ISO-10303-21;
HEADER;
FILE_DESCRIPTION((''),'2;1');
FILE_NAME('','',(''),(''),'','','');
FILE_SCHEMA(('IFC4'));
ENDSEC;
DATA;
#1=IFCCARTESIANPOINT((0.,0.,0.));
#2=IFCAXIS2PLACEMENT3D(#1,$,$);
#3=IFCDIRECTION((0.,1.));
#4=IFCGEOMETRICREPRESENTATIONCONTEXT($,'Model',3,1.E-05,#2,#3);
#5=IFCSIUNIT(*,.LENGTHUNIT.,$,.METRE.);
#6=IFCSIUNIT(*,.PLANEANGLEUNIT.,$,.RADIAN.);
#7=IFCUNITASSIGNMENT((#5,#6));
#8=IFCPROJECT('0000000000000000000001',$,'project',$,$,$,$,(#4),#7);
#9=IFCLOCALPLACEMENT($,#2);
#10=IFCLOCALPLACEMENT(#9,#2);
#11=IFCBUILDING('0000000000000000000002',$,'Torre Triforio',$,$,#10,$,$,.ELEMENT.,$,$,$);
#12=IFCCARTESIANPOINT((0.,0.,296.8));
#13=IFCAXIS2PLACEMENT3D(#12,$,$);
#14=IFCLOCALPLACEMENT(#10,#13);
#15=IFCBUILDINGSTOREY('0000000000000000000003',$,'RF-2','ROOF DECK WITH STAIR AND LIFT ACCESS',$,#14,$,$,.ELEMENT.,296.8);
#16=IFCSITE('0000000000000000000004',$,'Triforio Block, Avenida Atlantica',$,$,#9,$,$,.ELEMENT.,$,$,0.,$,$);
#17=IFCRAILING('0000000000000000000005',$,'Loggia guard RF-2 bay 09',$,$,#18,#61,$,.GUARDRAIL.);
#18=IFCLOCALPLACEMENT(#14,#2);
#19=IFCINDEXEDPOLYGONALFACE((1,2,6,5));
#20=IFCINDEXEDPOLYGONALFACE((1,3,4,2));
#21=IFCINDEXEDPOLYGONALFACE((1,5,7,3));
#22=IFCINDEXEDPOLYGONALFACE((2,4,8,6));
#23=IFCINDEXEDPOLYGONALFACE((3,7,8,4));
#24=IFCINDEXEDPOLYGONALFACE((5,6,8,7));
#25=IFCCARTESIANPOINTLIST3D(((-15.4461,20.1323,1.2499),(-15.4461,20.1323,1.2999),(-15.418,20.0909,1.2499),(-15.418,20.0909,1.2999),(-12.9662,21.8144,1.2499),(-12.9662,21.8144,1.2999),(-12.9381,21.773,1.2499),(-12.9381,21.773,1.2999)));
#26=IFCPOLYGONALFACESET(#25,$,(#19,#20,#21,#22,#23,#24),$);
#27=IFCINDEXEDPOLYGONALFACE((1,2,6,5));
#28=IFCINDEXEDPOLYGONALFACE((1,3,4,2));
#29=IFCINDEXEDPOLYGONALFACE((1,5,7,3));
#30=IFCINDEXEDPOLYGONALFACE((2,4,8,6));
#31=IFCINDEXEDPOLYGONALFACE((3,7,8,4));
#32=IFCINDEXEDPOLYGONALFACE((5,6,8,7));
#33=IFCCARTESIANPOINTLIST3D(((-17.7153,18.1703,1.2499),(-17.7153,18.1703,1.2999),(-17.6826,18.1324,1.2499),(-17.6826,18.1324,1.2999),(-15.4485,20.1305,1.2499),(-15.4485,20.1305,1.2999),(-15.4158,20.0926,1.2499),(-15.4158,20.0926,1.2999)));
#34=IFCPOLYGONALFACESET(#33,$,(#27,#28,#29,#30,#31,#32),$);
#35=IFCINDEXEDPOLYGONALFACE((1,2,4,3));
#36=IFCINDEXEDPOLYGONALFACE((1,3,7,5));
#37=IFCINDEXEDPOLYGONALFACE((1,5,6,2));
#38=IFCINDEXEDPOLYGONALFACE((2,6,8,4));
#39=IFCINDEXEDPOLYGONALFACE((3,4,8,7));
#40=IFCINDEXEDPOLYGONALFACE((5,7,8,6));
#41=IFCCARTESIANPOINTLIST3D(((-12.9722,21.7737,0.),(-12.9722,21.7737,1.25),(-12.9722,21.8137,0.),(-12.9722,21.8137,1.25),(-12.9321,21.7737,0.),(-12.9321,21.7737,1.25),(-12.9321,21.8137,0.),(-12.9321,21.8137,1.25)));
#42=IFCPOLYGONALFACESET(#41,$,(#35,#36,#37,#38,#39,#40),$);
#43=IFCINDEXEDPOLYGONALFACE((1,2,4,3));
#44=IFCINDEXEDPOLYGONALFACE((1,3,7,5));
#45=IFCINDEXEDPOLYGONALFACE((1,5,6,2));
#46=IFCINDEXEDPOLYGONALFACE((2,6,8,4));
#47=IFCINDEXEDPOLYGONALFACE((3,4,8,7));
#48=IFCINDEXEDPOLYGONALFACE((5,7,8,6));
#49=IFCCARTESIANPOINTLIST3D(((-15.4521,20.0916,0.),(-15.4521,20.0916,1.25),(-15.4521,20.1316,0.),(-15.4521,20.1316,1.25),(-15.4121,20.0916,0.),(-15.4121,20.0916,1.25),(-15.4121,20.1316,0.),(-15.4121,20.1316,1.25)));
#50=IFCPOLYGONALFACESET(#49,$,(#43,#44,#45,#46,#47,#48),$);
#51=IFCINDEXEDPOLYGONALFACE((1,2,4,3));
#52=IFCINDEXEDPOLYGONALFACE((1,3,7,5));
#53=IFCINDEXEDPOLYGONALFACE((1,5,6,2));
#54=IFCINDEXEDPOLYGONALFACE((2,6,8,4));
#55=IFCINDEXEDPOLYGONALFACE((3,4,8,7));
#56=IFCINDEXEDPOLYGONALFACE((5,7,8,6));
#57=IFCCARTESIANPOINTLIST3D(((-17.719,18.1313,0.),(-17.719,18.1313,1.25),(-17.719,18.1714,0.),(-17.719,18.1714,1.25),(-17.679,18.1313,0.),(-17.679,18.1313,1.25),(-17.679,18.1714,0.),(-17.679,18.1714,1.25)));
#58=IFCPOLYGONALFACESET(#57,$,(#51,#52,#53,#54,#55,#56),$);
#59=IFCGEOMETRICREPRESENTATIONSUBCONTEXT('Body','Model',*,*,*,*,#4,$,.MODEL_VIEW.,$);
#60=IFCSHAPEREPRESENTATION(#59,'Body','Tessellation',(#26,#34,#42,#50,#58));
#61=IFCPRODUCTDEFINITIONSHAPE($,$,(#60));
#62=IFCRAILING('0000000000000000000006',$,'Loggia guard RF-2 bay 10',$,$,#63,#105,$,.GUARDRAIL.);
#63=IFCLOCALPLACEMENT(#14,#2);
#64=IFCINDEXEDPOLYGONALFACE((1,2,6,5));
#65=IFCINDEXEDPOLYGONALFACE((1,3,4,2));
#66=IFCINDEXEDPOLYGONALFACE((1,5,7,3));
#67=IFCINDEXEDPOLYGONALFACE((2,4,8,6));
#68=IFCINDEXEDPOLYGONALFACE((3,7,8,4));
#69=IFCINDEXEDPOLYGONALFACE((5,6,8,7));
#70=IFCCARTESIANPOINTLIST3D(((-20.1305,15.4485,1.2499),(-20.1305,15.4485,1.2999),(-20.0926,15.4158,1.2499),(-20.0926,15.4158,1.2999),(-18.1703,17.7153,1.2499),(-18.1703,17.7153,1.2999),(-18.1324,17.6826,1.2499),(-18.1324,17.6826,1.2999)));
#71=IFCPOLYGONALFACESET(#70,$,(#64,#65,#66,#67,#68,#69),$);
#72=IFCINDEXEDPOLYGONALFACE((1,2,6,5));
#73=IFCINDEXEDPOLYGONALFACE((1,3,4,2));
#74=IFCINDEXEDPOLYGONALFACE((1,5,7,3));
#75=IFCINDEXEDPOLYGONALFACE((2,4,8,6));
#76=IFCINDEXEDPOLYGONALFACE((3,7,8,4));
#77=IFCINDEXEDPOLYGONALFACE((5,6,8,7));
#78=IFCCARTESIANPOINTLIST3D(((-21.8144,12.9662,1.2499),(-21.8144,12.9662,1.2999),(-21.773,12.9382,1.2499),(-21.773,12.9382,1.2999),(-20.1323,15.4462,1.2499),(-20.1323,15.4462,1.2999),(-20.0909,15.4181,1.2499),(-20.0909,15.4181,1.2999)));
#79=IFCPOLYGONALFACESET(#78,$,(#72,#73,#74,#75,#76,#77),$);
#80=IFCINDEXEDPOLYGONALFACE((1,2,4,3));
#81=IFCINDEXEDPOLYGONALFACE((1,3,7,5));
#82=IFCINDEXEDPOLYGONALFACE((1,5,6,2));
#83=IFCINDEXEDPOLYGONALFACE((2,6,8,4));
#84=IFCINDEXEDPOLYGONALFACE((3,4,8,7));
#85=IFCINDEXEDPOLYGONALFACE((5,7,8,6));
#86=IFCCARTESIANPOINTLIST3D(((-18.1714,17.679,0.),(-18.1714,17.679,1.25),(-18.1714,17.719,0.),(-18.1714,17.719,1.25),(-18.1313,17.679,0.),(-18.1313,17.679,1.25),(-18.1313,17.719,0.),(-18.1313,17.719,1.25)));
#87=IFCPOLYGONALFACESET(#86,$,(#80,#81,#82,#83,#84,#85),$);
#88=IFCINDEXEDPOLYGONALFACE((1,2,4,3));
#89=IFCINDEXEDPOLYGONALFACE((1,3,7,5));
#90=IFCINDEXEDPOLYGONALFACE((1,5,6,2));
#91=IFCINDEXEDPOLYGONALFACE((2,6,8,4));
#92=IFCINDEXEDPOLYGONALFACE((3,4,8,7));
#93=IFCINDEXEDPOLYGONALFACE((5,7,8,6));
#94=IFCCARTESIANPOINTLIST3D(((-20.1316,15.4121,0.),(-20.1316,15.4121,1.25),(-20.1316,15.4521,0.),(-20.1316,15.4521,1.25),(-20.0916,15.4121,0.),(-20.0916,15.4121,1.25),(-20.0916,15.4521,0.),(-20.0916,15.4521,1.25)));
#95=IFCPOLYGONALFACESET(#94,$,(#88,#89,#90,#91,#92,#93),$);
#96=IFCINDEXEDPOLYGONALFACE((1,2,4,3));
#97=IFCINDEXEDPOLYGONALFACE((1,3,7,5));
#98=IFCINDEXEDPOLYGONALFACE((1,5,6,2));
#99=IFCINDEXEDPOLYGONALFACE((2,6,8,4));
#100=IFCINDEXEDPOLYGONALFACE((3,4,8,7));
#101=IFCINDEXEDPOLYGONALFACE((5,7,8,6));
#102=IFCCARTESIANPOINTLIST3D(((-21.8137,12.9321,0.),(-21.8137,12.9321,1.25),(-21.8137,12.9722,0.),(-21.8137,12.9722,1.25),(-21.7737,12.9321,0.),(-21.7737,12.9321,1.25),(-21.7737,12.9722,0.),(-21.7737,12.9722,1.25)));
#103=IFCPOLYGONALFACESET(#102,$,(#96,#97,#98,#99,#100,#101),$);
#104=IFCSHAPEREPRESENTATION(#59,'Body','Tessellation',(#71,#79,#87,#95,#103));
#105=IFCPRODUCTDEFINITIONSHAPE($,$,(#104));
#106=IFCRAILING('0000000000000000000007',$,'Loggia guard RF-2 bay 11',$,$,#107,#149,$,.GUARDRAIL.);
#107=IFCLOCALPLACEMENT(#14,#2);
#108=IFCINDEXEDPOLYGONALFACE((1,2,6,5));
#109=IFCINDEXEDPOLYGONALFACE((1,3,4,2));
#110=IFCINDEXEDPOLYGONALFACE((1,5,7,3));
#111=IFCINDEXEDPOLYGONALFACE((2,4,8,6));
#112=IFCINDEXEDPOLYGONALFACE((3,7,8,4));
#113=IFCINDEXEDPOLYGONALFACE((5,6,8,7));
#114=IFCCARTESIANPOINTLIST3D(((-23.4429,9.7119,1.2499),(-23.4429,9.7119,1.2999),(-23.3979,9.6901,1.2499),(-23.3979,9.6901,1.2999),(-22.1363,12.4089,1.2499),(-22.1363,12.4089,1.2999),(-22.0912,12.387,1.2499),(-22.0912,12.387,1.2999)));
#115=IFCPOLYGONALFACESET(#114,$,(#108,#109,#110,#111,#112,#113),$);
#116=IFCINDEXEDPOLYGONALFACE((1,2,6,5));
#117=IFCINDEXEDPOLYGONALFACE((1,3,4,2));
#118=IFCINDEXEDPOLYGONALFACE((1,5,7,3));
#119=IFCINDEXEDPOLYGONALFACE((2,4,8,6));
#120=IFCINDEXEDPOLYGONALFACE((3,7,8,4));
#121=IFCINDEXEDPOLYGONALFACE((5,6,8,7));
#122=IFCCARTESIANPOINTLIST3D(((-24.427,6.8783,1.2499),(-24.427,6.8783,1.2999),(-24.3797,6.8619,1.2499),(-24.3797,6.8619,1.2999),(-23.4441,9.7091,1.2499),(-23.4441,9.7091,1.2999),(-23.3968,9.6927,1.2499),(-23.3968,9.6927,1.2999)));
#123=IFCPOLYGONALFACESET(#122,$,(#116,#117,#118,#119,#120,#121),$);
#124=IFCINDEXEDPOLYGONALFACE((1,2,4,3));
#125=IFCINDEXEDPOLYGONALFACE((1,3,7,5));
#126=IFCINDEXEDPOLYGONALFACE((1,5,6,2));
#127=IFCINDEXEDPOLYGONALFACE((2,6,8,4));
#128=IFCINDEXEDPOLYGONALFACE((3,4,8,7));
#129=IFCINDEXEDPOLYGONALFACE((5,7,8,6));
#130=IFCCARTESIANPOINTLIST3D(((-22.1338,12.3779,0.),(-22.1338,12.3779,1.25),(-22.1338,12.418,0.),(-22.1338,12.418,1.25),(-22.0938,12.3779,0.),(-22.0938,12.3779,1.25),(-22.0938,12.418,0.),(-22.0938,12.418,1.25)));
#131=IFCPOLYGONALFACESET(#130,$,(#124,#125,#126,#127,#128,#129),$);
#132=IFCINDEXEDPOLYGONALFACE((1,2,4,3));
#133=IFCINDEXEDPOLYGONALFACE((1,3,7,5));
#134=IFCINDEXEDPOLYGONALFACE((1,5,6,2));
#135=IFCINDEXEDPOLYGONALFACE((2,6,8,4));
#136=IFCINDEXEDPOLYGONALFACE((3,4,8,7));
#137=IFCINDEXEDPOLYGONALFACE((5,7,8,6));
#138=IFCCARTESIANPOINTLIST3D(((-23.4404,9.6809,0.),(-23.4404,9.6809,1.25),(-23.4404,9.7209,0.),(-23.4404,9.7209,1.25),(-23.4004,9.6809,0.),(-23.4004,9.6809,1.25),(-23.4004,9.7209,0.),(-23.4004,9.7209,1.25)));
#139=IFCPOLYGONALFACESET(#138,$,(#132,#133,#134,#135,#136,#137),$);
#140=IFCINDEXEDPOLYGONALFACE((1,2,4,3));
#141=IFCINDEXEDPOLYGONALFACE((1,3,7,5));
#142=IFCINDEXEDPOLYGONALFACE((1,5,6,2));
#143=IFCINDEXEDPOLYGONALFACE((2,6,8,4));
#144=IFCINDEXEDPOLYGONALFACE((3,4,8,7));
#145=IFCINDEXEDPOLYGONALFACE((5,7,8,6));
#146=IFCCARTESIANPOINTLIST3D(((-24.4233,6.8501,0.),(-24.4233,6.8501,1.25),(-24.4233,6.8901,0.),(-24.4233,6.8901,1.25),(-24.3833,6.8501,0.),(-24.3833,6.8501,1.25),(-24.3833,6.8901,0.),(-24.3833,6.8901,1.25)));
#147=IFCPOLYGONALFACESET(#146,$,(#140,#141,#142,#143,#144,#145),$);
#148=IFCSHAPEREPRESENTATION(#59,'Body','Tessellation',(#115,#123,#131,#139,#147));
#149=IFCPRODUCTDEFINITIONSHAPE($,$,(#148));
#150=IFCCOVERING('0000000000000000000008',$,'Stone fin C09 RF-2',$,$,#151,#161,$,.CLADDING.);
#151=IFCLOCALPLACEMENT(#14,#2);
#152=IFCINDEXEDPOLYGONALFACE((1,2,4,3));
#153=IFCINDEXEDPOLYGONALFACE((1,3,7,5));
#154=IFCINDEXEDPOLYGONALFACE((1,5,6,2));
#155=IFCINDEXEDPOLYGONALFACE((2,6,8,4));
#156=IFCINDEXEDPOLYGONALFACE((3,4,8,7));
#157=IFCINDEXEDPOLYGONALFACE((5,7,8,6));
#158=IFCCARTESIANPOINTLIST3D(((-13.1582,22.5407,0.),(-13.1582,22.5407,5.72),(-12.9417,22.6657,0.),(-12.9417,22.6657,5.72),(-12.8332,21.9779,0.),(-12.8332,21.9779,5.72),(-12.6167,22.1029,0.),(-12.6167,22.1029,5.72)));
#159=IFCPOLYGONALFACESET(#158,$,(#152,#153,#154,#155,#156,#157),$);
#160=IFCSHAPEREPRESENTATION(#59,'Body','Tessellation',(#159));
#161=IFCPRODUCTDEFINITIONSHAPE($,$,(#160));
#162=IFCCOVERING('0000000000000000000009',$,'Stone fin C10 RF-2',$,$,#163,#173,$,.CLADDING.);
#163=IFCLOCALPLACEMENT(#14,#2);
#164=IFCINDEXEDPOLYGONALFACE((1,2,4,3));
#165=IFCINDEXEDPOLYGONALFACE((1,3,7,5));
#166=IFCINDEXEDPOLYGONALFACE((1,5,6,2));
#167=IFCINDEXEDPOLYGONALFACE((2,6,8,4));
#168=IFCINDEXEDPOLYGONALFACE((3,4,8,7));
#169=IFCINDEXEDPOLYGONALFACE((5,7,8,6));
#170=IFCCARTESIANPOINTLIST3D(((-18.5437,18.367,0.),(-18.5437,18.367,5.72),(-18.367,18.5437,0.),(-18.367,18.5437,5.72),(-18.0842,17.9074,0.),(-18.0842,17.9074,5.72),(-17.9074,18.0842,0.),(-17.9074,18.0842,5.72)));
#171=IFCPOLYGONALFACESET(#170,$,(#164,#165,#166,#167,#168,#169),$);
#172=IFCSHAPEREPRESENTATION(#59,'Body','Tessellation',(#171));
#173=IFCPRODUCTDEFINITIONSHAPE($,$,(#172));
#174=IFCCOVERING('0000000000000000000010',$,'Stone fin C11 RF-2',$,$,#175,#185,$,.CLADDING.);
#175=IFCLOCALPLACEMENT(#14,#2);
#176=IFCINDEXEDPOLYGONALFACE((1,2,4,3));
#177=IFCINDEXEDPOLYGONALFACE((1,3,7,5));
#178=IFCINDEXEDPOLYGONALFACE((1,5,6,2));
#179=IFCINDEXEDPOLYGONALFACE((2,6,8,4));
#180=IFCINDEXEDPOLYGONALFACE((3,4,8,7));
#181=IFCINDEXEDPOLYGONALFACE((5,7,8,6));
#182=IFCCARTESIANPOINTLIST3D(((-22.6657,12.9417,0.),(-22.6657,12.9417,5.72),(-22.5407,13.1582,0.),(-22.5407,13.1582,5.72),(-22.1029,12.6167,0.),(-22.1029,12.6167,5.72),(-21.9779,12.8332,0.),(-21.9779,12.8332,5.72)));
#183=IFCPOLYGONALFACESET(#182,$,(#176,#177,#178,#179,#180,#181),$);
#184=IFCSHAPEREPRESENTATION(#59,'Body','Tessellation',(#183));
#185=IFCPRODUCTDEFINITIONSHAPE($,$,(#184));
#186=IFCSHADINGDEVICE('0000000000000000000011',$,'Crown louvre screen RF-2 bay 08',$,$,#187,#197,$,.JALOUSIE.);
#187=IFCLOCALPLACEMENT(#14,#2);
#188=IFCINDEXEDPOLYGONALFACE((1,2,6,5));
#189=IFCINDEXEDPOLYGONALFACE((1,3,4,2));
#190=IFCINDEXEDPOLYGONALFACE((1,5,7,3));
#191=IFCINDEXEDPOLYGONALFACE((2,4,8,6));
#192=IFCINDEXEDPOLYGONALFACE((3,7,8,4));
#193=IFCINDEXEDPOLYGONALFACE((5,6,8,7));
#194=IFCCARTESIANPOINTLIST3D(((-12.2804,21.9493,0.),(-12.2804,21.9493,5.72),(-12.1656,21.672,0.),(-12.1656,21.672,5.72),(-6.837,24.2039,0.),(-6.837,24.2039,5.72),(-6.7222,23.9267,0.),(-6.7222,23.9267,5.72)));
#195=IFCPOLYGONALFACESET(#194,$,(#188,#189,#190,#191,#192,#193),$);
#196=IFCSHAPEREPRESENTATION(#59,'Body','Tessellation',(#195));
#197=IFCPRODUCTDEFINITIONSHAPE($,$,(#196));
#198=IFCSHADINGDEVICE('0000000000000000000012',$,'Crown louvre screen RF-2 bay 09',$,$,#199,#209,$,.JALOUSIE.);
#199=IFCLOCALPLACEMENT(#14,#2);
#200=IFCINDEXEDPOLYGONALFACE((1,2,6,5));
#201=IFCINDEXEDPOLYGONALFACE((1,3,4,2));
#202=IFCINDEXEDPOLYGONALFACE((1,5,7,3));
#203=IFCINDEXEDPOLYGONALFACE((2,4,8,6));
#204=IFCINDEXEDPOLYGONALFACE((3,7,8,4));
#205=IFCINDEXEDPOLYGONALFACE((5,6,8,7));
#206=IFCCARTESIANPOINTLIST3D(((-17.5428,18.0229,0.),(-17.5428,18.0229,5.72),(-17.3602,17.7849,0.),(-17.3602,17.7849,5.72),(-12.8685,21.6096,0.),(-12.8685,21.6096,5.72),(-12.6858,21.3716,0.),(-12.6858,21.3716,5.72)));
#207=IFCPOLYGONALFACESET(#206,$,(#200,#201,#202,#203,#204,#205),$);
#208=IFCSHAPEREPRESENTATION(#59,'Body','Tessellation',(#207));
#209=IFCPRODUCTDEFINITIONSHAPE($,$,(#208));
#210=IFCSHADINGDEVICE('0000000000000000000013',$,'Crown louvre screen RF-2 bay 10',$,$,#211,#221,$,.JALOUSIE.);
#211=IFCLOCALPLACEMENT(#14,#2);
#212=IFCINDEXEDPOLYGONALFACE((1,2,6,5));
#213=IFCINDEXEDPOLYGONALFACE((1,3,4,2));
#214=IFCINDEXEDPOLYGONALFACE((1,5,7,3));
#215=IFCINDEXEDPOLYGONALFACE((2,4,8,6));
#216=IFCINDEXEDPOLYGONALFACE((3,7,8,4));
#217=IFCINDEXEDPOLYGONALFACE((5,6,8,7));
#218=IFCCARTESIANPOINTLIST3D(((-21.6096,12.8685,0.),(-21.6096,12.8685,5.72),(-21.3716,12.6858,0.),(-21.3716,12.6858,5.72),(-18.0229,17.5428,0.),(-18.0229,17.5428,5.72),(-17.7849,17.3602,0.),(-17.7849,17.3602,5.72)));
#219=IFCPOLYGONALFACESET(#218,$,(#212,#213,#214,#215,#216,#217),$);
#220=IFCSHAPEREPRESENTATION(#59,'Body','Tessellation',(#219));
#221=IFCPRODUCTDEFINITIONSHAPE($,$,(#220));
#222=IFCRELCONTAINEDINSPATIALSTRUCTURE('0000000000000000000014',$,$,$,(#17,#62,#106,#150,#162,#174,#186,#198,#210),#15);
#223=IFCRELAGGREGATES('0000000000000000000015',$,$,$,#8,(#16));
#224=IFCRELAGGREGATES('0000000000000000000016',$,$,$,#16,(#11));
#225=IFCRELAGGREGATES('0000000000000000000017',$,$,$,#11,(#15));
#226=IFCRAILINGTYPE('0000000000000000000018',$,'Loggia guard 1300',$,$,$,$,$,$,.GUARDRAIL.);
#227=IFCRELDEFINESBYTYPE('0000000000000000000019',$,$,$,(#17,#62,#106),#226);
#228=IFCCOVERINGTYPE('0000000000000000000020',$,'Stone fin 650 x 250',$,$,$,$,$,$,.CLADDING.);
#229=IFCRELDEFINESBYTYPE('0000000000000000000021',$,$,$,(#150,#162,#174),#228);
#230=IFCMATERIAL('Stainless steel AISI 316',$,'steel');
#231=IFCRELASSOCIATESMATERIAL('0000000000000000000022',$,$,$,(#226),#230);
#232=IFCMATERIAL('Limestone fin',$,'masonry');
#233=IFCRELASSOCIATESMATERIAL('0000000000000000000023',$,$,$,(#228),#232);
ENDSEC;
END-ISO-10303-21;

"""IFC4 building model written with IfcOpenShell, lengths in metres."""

from ifc_helpers import new_model, si_unit, direction, frame, origin, origin_2d, place, context, subcontext, project, spatial, polyline, rectangle, outline, extrude, material, material_profile, profile_set, type_object, element, save


model = new_model("IFC4")

# Units and contexts
model_context = context("Model", 3, precision=1e-05, world=origin(), true_north=direction((0.0, 1.0)))
body_context = subcontext(model_context, "Body", "Model", "MODEL_VIEW")
ifc_project = project(units=[si_unit("LENGTHUNIT", "METRE"), si_unit("PLANEANGLEUNIT", "RADIAN")], contexts=[model_context])

# Site, building, storey
site_placement = place(None, origin())
site = spatial("IfcSite", under=ifc_project, at=site_placement, Name="Triforio Block, Avenida Atlantica", CompositionType="ELEMENT", RefElevation=0.0)
building_placement = place(site_placement, origin())
building = spatial("IfcBuilding", under=site, at=building_placement, Name="Torre Triforio", CompositionType="ELEMENT")
storey_placement = place(building_placement, frame((0.0, 0.0, 296.8)))
storey = spatial("IfcBuildingStorey", under=building, at=storey_placement, Name="RF-2", Description="ROOF DECK WITH STAIR AND LIFT ACCESS", CompositionType="ELEMENT", Elevation=296.8)

# Railings
ifc_material_1 = material(Name="Stainless steel AISI 316", Category="steel")
railing_type = type_object("IfcRailingType", Name="Loggia guard 1300", PredefinedType="GUARDRAIL", material=ifc_material_1)
railing_1_placement = place(storey_placement, frame((-12.9521, 21.7937, 0.0)))
element("IfcRailing", 1, at=railing_1_placement, inside=storey, type_object=railing_type, Name="Loggia guard RF-2 bay 09", PredefinedType="GUARDRAIL", context=body_context, shape_type="SweptSolid", body=[
    extrude(rectangle(XDim=0.05, YDim=0.05, at=origin_2d()), frame((0.0, 0.0, 1.2749), z_axis=(-0.827587, -0.561338, 0.0), x_axis=(0.561338, -0.827587, 0.0)), (0.0, 0.0, 1.0), 2.9966),
    extrude(rectangle(XDim=0.05, YDim=0.05, at=origin_2d()), frame((-2.48, -1.6821, 1.2749), z_axis=(-0.756414, -0.654093, 0.0), x_axis=(0.654093, -0.756414, 0.0)), (0.0, 0.0, 1.0), 2.9968),
    extrude(rectangle(XDim=0.04, YDim=0.04, at=origin_2d()), origin(), (0.0, 0.0, 1.0), 1.25),
    extrude(rectangle(XDim=0.04, YDim=0.04, at=origin_2d()), frame((-2.48, -1.6821, 0.0)), (0.0, 0.0, 1.0), 1.25),
    extrude(rectangle(XDim=0.04, YDim=0.04, at=origin_2d()), frame((-4.7468, -3.6423, 0.0)), (0.0, 0.0, 1.0), 1.25),
])
railing_2_placement = place(storey_placement, frame((-18.1514, 17.699, 0.0)))
element("IfcRailing", 2, at=railing_2_placement, inside=storey, type_object=railing_type, Name="Loggia guard RF-2 bay 10", PredefinedType="GUARDRAIL", context=body_context, shape_type="SweptSolid", body=[
    extrude(rectangle(XDim=0.05, YDim=0.05, at=origin_2d()), frame((0.0, 0.0, 1.2749), z_axis=(-0.654093, -0.756414, 0.0), x_axis=(0.756414, -0.654093, 0.0)), (0.0, 0.0, 1.0), 2.9968),
    extrude(rectangle(XDim=0.05, YDim=0.05, at=origin_2d()), frame((-1.9602, -2.2668, 1.2749), z_axis=(-0.561338, -0.827587, 0.0), x_axis=(0.827587, -0.561338, 0.0)), (0.0, 0.0, 1.0), 2.9966),
    extrude(rectangle(XDim=0.04, YDim=0.04, at=origin_2d()), origin(), (0.0, 0.0, 1.0), 1.25),
    extrude(rectangle(XDim=0.04, YDim=0.04, at=origin_2d()), frame((-1.9602, -2.2668, 0.0)), (0.0, 0.0, 1.0), 1.25),
    extrude(rectangle(XDim=0.04, YDim=0.04, at=origin_2d()), frame((-3.6423, -4.7468, 0.0)), (0.0, 0.0, 1.0), 1.25),
])
railing_3_placement = place(storey_placement, frame((-22.1138, 12.3979, 0.0)))
element("IfcRailing", 3, at=railing_3_placement, inside=storey, type_object=railing_type, Name="Loggia guard RF-2 bay 11", PredefinedType="GUARDRAIL", context=body_context, shape_type="SweptSolid", body=[
    extrude(rectangle(XDim=0.05, YDim=0.05, at=origin_2d()), frame((0.0, 0.0, 1.2749), z_axis=(-0.436002, -0.899946, 0.0), x_axis=(0.899946, -0.436002, 0.0)), (0.0, 0.0, 1.0), 2.9968),
    extrude(rectangle(XDim=0.05, YDim=0.05, at=origin_2d()), frame((-1.3066, -2.697, 1.2749), z_axis=(-0.328009, -0.944675, 0.0), x_axis=(0.944675, -0.328009, 0.0)), (0.0, 0.0, 1.0), 2.9966),
    extrude(rectangle(XDim=0.04, YDim=0.04, at=origin_2d()), origin(), (0.0, 0.0, 1.0), 1.25),
    extrude(rectangle(XDim=0.04, YDim=0.04, at=origin_2d()), frame((-1.3066, -2.697, 0.0)), (0.0, 0.0, 1.0), 1.25),
    extrude(rectangle(XDim=0.04, YDim=0.04, at=origin_2d()), frame((-2.2896, -5.5278, 0.0)), (0.0, 0.0, 1.0), 1.25),
])

# Coverings
ifc_material_2 = material(Name="Limestone fin", Category="masonry")
ifc_material_profile_1 = material_profile(ifc_material_2, rectangle(XDim=0.6499, YDim=0.25, at=origin_2d()), Name="FIN 650x250")
ifc_profile_set_1 = profile_set([ifc_material_profile_1], Name="Limestone fin")
covering_type = type_object("IfcCoveringType", Name="Stone fin 650 x 250", PredefinedType="CLADDING", material=ifc_profile_set_1)
for number, where, z_axis, x_axis, name in (
    (4, (-12.8875, 22.3218, 0.0), (0.0, 0.0, 1.0), (-0.5, 0.866025, 0.0), "Stone fin C09 RF-2"),
    (5, (-18.2256, 18.2256, 0.0), (0.0, 0.0, 1.0), (-0.707107, 0.707107, 0.0), "Stone fin C10 RF-2"),
    (6, (-22.3218, 12.8875, 0.0), (0.0, 0.0, 1.0), (-0.866025, 0.5, 0.0), "Stone fin C11 RF-2"),
):
    element("IfcCovering", number, at=place(storey_placement, frame(where, z_axis=z_axis, x_axis=x_axis)), inside=storey, type_object=covering_type, Name=name, PredefinedType="CLADDING", context=body_context, shape_type="SweptSolid", body=[
        extrude(rectangle(XDim=0.6499, YDim=0.25, at=origin_2d()), origin(), (0.0, 0.0, 1.0), 5.72),
    ])

# Shading devices
for number, where, z_axis, x_axis, name in (
    (7, (-6.7795, 24.0652, 0.0), (0.0, 0.0, 1.0), (-0.923884, -0.382673, 0.0), "Crown louvre screen RF-2 bay 08"),
    (8, (-12.7771, 21.4905, 0.0), (0.0, 0.0, 1.0), (-0.793358, -0.608755, 0.0), "Crown louvre screen RF-2 bay 09"),
    (9, (-17.9038, 17.4514, 0.0), (0.0, 0.0, 1.0), (-0.608755, -0.793358, 0.0), "Crown louvre screen RF-2 bay 10"),
):
    element("IfcShadingDevice", number, at=place(storey_placement, frame(where, z_axis=z_axis, x_axis=x_axis)), inside=storey, Name=name, PredefinedType="JALOUSIE", context=body_context, shape_type="SweptSolid", body=[
        extrude(outline(polyline([(0.0, 0.0), (5.8918, 0.0), (5.8918, 5.72), (0.0, 5.72), (0.0, 0.0)])), frame((0.0, 0.1499, 0.0), z_axis=(0.0, -1.0, 0.0), x_axis=(1.0, 0.0, 0.0)), (0.0, 0.0, 1.0), 0.3),
    ])

save(model, "model.ifc")
